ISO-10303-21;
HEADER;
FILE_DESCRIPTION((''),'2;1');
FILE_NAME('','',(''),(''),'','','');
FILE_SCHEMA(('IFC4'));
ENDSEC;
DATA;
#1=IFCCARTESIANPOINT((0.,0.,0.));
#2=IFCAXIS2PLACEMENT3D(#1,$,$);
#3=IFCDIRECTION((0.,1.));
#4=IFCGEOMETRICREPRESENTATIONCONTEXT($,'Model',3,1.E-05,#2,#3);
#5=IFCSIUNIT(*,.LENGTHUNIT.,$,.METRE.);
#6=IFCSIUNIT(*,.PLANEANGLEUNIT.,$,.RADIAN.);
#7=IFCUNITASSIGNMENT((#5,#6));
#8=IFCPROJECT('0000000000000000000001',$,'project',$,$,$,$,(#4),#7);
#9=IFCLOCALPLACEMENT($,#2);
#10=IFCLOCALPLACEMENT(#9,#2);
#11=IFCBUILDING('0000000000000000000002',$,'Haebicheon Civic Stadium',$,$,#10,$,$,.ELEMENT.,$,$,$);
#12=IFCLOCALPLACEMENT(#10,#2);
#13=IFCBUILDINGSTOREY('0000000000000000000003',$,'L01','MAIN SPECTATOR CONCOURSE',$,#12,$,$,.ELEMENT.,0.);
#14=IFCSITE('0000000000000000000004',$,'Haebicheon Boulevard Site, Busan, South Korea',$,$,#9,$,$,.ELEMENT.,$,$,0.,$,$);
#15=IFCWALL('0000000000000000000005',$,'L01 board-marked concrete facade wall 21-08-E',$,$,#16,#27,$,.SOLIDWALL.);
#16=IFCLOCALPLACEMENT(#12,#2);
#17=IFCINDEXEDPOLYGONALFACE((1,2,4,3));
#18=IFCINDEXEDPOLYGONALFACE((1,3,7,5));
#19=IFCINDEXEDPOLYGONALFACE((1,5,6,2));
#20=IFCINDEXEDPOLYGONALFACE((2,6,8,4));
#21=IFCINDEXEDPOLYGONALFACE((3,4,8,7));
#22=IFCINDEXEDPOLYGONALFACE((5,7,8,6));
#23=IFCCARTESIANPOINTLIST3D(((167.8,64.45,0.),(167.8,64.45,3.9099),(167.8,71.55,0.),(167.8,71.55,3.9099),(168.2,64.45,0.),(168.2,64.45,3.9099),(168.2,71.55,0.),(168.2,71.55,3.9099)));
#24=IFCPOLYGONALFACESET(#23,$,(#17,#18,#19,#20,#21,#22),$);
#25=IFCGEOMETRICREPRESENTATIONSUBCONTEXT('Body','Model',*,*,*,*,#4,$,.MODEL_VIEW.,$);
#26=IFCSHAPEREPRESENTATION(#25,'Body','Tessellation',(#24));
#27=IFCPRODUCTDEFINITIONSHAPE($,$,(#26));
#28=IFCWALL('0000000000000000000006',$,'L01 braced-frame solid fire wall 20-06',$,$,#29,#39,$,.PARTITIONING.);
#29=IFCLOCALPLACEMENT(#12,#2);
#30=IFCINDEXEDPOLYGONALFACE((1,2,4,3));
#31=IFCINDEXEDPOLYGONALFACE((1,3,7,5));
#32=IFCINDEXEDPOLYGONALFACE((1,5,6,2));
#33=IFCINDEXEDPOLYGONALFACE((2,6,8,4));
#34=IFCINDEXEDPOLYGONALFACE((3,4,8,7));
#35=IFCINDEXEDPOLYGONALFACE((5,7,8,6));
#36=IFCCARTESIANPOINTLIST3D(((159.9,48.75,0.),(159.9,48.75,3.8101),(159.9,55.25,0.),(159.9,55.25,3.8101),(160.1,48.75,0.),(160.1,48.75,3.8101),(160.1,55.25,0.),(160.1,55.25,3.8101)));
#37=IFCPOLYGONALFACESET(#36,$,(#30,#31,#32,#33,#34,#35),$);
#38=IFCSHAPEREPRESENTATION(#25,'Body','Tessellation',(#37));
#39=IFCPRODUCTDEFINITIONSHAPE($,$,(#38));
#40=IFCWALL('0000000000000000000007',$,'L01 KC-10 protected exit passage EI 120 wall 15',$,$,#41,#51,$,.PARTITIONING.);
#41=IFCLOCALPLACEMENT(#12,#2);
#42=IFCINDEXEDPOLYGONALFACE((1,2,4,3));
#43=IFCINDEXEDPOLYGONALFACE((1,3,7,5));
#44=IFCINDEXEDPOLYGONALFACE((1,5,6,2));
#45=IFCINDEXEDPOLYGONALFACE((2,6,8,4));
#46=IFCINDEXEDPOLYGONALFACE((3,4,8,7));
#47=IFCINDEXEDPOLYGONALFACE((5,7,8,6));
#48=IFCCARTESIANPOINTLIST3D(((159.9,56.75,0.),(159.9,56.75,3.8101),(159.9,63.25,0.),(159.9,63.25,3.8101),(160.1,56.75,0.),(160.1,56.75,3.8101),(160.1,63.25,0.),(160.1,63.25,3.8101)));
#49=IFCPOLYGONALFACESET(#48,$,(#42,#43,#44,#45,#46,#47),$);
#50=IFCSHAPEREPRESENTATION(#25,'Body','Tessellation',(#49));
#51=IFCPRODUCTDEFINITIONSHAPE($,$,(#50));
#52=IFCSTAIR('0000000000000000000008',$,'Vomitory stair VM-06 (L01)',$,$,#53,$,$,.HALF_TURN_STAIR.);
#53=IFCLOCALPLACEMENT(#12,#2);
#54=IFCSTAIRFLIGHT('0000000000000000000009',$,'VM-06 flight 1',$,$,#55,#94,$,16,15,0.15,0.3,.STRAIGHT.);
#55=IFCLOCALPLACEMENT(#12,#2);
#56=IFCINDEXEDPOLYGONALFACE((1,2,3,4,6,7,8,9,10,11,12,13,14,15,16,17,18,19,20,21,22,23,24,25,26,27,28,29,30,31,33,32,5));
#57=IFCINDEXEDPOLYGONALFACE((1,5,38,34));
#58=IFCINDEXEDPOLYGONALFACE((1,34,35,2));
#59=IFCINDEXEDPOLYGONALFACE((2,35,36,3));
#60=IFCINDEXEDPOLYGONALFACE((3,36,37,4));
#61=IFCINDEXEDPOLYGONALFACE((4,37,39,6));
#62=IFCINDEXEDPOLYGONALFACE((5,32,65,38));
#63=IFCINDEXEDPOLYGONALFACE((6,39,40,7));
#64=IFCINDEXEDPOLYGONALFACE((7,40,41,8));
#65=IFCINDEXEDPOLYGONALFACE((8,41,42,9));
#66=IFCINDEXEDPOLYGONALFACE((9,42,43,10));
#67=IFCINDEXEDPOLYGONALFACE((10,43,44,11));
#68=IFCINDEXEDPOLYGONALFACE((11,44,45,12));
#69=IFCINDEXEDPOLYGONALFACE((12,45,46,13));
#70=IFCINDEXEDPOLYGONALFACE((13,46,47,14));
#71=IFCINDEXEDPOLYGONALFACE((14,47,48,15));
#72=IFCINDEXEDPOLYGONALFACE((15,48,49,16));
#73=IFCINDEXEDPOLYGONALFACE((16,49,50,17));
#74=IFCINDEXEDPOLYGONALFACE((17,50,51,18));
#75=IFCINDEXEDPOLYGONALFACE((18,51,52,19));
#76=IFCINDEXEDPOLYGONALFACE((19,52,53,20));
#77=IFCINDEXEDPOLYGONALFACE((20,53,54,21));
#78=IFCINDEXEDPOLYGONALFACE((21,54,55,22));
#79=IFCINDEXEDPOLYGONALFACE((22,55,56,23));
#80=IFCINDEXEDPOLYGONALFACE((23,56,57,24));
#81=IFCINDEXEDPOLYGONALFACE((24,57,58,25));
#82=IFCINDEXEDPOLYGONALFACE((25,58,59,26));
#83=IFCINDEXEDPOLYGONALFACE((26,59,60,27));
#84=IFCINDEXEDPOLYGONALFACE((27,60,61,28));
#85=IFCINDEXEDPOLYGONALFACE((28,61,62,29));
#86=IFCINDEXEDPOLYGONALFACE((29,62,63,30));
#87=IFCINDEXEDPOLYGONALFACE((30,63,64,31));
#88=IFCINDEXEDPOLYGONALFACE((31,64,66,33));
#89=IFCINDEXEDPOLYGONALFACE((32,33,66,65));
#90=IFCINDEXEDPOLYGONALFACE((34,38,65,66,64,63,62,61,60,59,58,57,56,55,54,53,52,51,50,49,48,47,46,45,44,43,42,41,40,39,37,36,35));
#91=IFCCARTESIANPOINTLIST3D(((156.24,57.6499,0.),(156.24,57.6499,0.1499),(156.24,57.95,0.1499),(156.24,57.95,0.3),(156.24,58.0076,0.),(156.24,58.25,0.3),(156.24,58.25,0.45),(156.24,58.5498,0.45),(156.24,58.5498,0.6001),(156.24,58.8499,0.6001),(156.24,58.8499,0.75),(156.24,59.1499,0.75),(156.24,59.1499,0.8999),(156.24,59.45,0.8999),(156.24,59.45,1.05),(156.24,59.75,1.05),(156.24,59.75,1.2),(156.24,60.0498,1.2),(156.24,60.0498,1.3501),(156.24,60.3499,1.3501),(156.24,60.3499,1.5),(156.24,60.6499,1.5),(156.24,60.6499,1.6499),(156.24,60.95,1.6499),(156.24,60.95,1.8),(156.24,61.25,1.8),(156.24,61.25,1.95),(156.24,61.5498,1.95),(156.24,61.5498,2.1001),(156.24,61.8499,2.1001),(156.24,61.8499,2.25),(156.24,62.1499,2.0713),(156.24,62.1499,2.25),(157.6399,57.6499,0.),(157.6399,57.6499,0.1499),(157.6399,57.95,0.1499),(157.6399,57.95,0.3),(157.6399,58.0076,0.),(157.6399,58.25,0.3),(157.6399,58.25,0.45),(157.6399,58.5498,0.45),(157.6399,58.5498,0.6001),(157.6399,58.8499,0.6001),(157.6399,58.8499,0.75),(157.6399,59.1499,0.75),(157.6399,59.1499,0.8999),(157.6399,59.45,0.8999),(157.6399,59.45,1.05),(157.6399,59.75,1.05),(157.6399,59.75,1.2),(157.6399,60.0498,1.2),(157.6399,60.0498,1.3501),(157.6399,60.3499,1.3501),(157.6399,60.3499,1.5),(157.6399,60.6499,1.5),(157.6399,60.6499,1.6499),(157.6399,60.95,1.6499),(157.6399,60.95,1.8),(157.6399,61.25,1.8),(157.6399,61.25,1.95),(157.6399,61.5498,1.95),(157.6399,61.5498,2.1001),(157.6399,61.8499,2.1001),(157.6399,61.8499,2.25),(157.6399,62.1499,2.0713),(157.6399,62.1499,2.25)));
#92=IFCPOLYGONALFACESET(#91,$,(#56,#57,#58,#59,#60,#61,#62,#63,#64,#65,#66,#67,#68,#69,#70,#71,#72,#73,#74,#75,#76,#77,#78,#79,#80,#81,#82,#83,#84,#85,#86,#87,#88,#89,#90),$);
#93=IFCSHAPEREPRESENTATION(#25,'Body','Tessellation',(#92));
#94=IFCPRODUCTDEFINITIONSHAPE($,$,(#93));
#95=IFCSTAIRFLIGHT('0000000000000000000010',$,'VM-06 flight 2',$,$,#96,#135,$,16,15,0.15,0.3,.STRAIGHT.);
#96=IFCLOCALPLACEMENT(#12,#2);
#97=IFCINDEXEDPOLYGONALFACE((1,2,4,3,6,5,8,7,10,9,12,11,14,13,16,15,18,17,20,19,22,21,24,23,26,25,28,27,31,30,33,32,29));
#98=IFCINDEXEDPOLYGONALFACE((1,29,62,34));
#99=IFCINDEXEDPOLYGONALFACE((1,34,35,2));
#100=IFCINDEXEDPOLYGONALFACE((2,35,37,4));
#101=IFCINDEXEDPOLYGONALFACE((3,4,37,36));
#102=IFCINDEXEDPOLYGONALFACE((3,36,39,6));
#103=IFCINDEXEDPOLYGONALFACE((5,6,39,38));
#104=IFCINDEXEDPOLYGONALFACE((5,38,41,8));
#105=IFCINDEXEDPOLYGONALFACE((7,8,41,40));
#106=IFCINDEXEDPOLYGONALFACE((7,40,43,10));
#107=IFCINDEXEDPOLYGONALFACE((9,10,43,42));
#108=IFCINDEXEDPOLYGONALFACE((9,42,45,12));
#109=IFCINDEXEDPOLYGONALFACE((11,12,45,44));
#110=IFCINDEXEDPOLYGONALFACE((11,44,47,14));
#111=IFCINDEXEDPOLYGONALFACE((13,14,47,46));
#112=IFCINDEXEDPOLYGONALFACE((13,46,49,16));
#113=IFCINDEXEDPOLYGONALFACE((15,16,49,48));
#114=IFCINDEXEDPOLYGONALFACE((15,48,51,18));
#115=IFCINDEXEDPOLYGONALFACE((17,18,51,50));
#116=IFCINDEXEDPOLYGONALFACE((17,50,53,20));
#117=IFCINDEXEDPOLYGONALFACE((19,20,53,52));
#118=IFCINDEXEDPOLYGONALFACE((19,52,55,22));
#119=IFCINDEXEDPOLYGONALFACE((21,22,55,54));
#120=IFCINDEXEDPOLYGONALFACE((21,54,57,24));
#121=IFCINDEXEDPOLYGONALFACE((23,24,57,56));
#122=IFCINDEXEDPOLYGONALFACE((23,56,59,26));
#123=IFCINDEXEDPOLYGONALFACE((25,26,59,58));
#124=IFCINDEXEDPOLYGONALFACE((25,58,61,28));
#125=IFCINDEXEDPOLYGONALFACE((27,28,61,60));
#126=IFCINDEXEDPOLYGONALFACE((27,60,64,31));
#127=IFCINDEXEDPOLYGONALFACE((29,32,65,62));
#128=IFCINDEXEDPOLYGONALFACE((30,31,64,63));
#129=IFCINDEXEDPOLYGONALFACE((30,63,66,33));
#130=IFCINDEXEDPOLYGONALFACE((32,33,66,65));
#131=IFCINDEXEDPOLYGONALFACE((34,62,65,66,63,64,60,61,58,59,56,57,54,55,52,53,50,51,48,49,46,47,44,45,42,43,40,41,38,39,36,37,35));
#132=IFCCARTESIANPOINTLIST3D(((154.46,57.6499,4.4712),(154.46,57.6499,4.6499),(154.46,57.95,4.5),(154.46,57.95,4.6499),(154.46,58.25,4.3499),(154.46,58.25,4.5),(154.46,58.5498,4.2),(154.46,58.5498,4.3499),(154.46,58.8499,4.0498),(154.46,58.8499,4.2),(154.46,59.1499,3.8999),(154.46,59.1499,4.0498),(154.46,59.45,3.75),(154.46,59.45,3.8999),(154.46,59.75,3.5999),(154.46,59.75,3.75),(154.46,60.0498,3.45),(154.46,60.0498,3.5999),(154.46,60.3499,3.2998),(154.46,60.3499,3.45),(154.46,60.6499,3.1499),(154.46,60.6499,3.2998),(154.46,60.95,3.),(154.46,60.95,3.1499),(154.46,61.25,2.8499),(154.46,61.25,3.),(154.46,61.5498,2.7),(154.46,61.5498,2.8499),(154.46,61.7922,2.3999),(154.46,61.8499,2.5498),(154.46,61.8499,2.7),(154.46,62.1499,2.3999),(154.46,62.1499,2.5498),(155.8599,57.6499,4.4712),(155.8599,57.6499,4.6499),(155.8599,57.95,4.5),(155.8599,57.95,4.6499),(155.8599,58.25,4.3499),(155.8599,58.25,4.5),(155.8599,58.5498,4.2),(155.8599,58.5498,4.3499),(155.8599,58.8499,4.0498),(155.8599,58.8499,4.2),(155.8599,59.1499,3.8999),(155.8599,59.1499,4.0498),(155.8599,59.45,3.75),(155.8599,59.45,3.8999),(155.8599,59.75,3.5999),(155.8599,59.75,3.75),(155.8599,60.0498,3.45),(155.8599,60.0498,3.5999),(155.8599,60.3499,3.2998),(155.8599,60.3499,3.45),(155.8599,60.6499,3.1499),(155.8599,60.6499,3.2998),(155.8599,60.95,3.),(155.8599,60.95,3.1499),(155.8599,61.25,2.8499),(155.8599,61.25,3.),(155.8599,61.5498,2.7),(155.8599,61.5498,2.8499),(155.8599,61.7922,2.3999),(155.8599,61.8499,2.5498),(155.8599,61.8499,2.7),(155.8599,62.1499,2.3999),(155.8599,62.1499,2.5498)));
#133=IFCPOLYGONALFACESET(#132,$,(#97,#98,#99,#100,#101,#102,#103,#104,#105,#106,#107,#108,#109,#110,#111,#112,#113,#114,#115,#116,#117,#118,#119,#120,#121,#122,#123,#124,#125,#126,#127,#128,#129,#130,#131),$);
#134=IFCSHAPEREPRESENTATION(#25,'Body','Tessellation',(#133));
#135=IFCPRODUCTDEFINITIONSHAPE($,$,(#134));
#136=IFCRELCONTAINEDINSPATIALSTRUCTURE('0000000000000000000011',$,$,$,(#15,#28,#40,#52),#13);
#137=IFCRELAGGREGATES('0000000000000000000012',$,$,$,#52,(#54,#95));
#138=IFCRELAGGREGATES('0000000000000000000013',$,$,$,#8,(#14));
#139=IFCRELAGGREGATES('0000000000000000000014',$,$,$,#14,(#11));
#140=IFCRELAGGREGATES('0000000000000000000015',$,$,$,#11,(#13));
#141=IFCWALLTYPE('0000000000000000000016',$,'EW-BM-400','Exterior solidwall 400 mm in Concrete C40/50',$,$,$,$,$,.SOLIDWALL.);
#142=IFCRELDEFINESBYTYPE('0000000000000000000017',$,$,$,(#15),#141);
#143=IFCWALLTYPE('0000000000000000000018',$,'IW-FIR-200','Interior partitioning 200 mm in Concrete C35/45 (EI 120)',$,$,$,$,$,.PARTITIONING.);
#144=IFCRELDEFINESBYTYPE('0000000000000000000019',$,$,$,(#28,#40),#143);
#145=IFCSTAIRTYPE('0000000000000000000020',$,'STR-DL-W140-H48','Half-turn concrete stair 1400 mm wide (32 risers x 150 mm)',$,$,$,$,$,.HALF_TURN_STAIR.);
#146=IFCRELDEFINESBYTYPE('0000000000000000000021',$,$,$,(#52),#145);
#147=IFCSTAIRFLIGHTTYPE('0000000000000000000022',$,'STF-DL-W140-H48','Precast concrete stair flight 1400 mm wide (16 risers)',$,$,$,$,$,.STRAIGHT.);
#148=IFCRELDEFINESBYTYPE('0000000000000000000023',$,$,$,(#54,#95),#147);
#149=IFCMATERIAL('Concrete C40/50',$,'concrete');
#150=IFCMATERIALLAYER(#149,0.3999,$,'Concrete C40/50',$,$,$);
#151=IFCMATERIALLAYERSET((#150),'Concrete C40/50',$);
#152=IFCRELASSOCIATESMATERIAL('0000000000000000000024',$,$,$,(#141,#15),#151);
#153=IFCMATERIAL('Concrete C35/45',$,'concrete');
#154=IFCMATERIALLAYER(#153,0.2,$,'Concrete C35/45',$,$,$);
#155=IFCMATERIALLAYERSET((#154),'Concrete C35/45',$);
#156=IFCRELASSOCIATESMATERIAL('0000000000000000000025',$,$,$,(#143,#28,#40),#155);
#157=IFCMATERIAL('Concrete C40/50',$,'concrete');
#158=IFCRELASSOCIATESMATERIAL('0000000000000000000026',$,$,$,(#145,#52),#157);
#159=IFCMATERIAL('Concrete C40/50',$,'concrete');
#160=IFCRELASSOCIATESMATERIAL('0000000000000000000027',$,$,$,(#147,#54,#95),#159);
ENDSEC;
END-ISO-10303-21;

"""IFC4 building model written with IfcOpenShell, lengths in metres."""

from ifc_helpers import new_model, si_unit, direction, frame, frame_2d, origin, place, context, subcontext, project, spatial, polyline, rectangle, outline, extrude, material, layer, layer_set, type_object, element, aggregate, save


model = new_model("IFC4")

# Units and contexts
model_context = context("Model", 3, precision=1e-05, world=origin(), true_north=direction((0.0, 1.0)))
body_context = subcontext(model_context, "Body", "Model", "MODEL_VIEW")
ifc_project = project(units=[si_unit("LENGTHUNIT", "METRE"), si_unit("PLANEANGLEUNIT", "RADIAN")], contexts=[model_context])

# Site, building, storey
site_placement = place(None, origin())
site = spatial("IfcSite", under=ifc_project, at=site_placement, Name="Haebicheon Boulevard Site, Busan, South Korea", CompositionType="ELEMENT", RefElevation=0.0)
building_placement = place(site_placement, origin())
building = spatial("IfcBuilding", under=site, at=building_placement, Name="Haebicheon Civic Stadium", CompositionType="ELEMENT")
storey_placement = place(building_placement, origin())
storey = spatial("IfcBuildingStorey", under=building, at=storey_placement, Name="L01", Description="MAIN SPECTATOR CONCOURSE", CompositionType="ELEMENT", Elevation=0.0)

# Shared definitions
ifc_material_1 = material(Name="Concrete C40/50", Category="concrete")
ifc_layer_1 = layer(ifc_material_1, 0.3999, Name="Concrete C40/50")
ifc_layer_set_1 = layer_set([ifc_layer_1], Name="Concrete C40/50")
wall_type_1 = type_object("IfcWallType", Name="EW-BM-400", Description="Exterior solidwall 400 mm in Concrete C40/50", PredefinedType="SOLIDWALL", material=ifc_layer_set_1)

# Walls
wall_1_placement = place(storey_placement, frame((168.0, 64.45, 0.0), z_axis=(0.0, 0.0, 1.0), x_axis=(0.0, 1.0, 0.0)))
element("IfcWall", 1, at=wall_1_placement, inside=storey, type_object=wall_type_1, material=ifc_layer_set_1, Name="L01 board-marked concrete facade wall 21-08-E", PredefinedType="SOLIDWALL", context=body_context, shape_type="SweptSolid", body=[
    extrude(rectangle(XDim=7.1001, YDim=0.3999, at=frame_2d((3.55, 0.0))), origin(), (0.0, 0.0, 1.0), 3.9099),
])
ifc_material_2 = material(Name="Concrete C35/45", Category="concrete")
ifc_layer_2 = layer(ifc_material_2, 0.2, Name="Concrete C35/45")
ifc_layer_set_2 = layer_set([ifc_layer_2], Name="Concrete C35/45")
wall_type_2 = type_object("IfcWallType", Name="IW-FIR-200", Description="Interior partitioning 200 mm in Concrete C35/45 (EI 120)", PredefinedType="PARTITIONING", material=ifc_layer_set_2)
for number, where, z_axis, x_axis, name in (
    (2, (160.0, 48.75, 0.0), (0.0, 0.0, 1.0), (0.0, 1.0, 0.0), "L01 braced-frame solid fire wall 20-06"),
    (3, (160.0, 56.75, 0.0), (0.0, 0.0, 1.0), (0.0, 1.0, 0.0), "L01 KC-10 protected exit passage EI 120 wall 15"),
):
    element("IfcWall", number, at=place(storey_placement, frame(where, z_axis=z_axis, x_axis=x_axis)), inside=storey, type_object=wall_type_2, material=ifc_layer_set_2, Name=name, PredefinedType="PARTITIONING", context=body_context, shape_type="SweptSolid", body=[
        extrude(rectangle(XDim=6.5, YDim=0.2, at=frame_2d((3.25, 0.0))), origin(), (0.0, 0.0, 1.0), 3.8101),
    ])

# Stair, stair flights
ifc_material_3 = material(Name="Concrete C40/50", Category="concrete")
stair_type = type_object("IfcStairType", Name="STR-DL-W140-H48", Description="Half-turn concrete stair 1400 mm wide (32 risers x 150 mm)", PredefinedType="HALF_TURN_STAIR", material=ifc_material_3)
stair_placement = place(storey_placement, origin())
stair = element("IfcStair", 4, at=stair_placement, inside=storey, type_object=stair_type, material=ifc_material_3, Name="Vomitory stair VM-06 (L01)", PredefinedType="HALF_TURN_STAIR")
ifc_material_4 = material(Name="Concrete C40/50", Category="concrete")
stair_flight_type = type_object("IfcStairFlightType", Name="STF-DL-W140-H48", Description="Precast concrete stair flight 1400 mm wide (16 risers)", PredefinedType="STRAIGHT", material=ifc_material_4)
stair_flight_1_placement = place(storey_placement, frame((156.9399, 57.6499, 0.0), z_axis=(0.0, 0.0, 1.0), x_axis=(0.0, 1.0, 0.0)))
stair_flight_1 = element("IfcStairFlight", 5, at=stair_flight_1_placement, type_object=stair_flight_type, material=ifc_material_4, Name="VM-06 flight 1", NumberOfRisers=16, NumberOfTreads=15, PredefinedType="STRAIGHT", RiserHeight=0.15, TreadLength=0.3, context=body_context, shape_type="SweptSolid", body=[
    extrude(outline(polyline([(0.0, 0.0), (0.0, 0.1499), (0.3, 0.1499), (0.3, 0.3), (0.6001, 0.3), (0.6001, 0.45), (0.8999, 0.45), (0.8999, 0.6001), (1.2, 0.6001), (1.2, 0.75), (1.5, 0.75), (1.5, 0.8999), (1.8, 0.8999), (1.8, 1.05), (2.1001, 1.05), (2.1001, 1.2), (2.3999, 1.2), (2.3999, 1.3501), (2.7, 1.3501), (2.7, 1.5), (3.0, 1.5), (3.0, 1.6499), (3.3, 1.6499), (3.3, 1.8), (3.6001, 1.8), (3.6001, 1.95), (3.8999, 1.95), (3.8999, 2.1001), (4.2, 2.1001), (4.2, 2.25), (4.5, 2.25), (4.5, 2.3999), (4.5, 2.0713), (0.3577, 0.0), (0.0, 0.0)])), frame((0.0, 0.7, 0.0), z_axis=(0.0, -1.0, 0.0), x_axis=(1.0, 0.0, 0.0)), (0.0, 0.0, 1.0), 1.3999),
])
stair_flight_2_placement = place(storey_placement, frame((155.1599, 62.1499, 2.3999), z_axis=(0.0, 0.0, 1.0), x_axis=(0.0, -1.0, 0.0)))
stair_flight_2 = element("IfcStairFlight", 6, at=stair_flight_2_placement, type_object=stair_flight_type, material=ifc_material_4, Name="VM-06 flight 2", NumberOfRisers=16, NumberOfTreads=15, PredefinedType="STRAIGHT", RiserHeight=0.15, TreadLength=0.3, context=body_context, shape_type="SweptSolid", body=[
    extrude(outline(polyline([(0.0, 0.0), (0.0, 0.1499), (0.3, 0.1499), (0.3, 0.3), (0.6001, 0.3), (0.6001, 0.45), (0.8999, 0.45), (0.8999, 0.6001), (1.2, 0.6001), (1.2, 0.75), (1.5, 0.75), (1.5, 0.8999), (1.8, 0.8999), (1.8, 1.05), (2.1001, 1.05), (2.1001, 1.2), (2.3999, 1.2), (2.3999, 1.3501), (2.7, 1.3501), (2.7, 1.5), (3.0, 1.5), (3.0, 1.6499), (3.3, 1.6499), (3.3, 1.8), (3.6001, 1.8), (3.6001, 1.95), (3.8999, 1.95), (3.8999, 2.1001), (4.2, 2.1001), (4.2, 2.25), (4.5, 2.25), (4.5, 2.3999), (4.5, 2.0713), (0.3577, 0.0), (0.0, 0.0)])), frame((0.0, 0.7, 0.0), z_axis=(0.0, -1.0, 0.0), x_axis=(1.0, 0.0, 0.0)), (0.0, 0.0, 1.0), 1.3999),
])
aggregate(stair, [stair_flight_1, stair_flight_2])

save(model, "model.ifc")
